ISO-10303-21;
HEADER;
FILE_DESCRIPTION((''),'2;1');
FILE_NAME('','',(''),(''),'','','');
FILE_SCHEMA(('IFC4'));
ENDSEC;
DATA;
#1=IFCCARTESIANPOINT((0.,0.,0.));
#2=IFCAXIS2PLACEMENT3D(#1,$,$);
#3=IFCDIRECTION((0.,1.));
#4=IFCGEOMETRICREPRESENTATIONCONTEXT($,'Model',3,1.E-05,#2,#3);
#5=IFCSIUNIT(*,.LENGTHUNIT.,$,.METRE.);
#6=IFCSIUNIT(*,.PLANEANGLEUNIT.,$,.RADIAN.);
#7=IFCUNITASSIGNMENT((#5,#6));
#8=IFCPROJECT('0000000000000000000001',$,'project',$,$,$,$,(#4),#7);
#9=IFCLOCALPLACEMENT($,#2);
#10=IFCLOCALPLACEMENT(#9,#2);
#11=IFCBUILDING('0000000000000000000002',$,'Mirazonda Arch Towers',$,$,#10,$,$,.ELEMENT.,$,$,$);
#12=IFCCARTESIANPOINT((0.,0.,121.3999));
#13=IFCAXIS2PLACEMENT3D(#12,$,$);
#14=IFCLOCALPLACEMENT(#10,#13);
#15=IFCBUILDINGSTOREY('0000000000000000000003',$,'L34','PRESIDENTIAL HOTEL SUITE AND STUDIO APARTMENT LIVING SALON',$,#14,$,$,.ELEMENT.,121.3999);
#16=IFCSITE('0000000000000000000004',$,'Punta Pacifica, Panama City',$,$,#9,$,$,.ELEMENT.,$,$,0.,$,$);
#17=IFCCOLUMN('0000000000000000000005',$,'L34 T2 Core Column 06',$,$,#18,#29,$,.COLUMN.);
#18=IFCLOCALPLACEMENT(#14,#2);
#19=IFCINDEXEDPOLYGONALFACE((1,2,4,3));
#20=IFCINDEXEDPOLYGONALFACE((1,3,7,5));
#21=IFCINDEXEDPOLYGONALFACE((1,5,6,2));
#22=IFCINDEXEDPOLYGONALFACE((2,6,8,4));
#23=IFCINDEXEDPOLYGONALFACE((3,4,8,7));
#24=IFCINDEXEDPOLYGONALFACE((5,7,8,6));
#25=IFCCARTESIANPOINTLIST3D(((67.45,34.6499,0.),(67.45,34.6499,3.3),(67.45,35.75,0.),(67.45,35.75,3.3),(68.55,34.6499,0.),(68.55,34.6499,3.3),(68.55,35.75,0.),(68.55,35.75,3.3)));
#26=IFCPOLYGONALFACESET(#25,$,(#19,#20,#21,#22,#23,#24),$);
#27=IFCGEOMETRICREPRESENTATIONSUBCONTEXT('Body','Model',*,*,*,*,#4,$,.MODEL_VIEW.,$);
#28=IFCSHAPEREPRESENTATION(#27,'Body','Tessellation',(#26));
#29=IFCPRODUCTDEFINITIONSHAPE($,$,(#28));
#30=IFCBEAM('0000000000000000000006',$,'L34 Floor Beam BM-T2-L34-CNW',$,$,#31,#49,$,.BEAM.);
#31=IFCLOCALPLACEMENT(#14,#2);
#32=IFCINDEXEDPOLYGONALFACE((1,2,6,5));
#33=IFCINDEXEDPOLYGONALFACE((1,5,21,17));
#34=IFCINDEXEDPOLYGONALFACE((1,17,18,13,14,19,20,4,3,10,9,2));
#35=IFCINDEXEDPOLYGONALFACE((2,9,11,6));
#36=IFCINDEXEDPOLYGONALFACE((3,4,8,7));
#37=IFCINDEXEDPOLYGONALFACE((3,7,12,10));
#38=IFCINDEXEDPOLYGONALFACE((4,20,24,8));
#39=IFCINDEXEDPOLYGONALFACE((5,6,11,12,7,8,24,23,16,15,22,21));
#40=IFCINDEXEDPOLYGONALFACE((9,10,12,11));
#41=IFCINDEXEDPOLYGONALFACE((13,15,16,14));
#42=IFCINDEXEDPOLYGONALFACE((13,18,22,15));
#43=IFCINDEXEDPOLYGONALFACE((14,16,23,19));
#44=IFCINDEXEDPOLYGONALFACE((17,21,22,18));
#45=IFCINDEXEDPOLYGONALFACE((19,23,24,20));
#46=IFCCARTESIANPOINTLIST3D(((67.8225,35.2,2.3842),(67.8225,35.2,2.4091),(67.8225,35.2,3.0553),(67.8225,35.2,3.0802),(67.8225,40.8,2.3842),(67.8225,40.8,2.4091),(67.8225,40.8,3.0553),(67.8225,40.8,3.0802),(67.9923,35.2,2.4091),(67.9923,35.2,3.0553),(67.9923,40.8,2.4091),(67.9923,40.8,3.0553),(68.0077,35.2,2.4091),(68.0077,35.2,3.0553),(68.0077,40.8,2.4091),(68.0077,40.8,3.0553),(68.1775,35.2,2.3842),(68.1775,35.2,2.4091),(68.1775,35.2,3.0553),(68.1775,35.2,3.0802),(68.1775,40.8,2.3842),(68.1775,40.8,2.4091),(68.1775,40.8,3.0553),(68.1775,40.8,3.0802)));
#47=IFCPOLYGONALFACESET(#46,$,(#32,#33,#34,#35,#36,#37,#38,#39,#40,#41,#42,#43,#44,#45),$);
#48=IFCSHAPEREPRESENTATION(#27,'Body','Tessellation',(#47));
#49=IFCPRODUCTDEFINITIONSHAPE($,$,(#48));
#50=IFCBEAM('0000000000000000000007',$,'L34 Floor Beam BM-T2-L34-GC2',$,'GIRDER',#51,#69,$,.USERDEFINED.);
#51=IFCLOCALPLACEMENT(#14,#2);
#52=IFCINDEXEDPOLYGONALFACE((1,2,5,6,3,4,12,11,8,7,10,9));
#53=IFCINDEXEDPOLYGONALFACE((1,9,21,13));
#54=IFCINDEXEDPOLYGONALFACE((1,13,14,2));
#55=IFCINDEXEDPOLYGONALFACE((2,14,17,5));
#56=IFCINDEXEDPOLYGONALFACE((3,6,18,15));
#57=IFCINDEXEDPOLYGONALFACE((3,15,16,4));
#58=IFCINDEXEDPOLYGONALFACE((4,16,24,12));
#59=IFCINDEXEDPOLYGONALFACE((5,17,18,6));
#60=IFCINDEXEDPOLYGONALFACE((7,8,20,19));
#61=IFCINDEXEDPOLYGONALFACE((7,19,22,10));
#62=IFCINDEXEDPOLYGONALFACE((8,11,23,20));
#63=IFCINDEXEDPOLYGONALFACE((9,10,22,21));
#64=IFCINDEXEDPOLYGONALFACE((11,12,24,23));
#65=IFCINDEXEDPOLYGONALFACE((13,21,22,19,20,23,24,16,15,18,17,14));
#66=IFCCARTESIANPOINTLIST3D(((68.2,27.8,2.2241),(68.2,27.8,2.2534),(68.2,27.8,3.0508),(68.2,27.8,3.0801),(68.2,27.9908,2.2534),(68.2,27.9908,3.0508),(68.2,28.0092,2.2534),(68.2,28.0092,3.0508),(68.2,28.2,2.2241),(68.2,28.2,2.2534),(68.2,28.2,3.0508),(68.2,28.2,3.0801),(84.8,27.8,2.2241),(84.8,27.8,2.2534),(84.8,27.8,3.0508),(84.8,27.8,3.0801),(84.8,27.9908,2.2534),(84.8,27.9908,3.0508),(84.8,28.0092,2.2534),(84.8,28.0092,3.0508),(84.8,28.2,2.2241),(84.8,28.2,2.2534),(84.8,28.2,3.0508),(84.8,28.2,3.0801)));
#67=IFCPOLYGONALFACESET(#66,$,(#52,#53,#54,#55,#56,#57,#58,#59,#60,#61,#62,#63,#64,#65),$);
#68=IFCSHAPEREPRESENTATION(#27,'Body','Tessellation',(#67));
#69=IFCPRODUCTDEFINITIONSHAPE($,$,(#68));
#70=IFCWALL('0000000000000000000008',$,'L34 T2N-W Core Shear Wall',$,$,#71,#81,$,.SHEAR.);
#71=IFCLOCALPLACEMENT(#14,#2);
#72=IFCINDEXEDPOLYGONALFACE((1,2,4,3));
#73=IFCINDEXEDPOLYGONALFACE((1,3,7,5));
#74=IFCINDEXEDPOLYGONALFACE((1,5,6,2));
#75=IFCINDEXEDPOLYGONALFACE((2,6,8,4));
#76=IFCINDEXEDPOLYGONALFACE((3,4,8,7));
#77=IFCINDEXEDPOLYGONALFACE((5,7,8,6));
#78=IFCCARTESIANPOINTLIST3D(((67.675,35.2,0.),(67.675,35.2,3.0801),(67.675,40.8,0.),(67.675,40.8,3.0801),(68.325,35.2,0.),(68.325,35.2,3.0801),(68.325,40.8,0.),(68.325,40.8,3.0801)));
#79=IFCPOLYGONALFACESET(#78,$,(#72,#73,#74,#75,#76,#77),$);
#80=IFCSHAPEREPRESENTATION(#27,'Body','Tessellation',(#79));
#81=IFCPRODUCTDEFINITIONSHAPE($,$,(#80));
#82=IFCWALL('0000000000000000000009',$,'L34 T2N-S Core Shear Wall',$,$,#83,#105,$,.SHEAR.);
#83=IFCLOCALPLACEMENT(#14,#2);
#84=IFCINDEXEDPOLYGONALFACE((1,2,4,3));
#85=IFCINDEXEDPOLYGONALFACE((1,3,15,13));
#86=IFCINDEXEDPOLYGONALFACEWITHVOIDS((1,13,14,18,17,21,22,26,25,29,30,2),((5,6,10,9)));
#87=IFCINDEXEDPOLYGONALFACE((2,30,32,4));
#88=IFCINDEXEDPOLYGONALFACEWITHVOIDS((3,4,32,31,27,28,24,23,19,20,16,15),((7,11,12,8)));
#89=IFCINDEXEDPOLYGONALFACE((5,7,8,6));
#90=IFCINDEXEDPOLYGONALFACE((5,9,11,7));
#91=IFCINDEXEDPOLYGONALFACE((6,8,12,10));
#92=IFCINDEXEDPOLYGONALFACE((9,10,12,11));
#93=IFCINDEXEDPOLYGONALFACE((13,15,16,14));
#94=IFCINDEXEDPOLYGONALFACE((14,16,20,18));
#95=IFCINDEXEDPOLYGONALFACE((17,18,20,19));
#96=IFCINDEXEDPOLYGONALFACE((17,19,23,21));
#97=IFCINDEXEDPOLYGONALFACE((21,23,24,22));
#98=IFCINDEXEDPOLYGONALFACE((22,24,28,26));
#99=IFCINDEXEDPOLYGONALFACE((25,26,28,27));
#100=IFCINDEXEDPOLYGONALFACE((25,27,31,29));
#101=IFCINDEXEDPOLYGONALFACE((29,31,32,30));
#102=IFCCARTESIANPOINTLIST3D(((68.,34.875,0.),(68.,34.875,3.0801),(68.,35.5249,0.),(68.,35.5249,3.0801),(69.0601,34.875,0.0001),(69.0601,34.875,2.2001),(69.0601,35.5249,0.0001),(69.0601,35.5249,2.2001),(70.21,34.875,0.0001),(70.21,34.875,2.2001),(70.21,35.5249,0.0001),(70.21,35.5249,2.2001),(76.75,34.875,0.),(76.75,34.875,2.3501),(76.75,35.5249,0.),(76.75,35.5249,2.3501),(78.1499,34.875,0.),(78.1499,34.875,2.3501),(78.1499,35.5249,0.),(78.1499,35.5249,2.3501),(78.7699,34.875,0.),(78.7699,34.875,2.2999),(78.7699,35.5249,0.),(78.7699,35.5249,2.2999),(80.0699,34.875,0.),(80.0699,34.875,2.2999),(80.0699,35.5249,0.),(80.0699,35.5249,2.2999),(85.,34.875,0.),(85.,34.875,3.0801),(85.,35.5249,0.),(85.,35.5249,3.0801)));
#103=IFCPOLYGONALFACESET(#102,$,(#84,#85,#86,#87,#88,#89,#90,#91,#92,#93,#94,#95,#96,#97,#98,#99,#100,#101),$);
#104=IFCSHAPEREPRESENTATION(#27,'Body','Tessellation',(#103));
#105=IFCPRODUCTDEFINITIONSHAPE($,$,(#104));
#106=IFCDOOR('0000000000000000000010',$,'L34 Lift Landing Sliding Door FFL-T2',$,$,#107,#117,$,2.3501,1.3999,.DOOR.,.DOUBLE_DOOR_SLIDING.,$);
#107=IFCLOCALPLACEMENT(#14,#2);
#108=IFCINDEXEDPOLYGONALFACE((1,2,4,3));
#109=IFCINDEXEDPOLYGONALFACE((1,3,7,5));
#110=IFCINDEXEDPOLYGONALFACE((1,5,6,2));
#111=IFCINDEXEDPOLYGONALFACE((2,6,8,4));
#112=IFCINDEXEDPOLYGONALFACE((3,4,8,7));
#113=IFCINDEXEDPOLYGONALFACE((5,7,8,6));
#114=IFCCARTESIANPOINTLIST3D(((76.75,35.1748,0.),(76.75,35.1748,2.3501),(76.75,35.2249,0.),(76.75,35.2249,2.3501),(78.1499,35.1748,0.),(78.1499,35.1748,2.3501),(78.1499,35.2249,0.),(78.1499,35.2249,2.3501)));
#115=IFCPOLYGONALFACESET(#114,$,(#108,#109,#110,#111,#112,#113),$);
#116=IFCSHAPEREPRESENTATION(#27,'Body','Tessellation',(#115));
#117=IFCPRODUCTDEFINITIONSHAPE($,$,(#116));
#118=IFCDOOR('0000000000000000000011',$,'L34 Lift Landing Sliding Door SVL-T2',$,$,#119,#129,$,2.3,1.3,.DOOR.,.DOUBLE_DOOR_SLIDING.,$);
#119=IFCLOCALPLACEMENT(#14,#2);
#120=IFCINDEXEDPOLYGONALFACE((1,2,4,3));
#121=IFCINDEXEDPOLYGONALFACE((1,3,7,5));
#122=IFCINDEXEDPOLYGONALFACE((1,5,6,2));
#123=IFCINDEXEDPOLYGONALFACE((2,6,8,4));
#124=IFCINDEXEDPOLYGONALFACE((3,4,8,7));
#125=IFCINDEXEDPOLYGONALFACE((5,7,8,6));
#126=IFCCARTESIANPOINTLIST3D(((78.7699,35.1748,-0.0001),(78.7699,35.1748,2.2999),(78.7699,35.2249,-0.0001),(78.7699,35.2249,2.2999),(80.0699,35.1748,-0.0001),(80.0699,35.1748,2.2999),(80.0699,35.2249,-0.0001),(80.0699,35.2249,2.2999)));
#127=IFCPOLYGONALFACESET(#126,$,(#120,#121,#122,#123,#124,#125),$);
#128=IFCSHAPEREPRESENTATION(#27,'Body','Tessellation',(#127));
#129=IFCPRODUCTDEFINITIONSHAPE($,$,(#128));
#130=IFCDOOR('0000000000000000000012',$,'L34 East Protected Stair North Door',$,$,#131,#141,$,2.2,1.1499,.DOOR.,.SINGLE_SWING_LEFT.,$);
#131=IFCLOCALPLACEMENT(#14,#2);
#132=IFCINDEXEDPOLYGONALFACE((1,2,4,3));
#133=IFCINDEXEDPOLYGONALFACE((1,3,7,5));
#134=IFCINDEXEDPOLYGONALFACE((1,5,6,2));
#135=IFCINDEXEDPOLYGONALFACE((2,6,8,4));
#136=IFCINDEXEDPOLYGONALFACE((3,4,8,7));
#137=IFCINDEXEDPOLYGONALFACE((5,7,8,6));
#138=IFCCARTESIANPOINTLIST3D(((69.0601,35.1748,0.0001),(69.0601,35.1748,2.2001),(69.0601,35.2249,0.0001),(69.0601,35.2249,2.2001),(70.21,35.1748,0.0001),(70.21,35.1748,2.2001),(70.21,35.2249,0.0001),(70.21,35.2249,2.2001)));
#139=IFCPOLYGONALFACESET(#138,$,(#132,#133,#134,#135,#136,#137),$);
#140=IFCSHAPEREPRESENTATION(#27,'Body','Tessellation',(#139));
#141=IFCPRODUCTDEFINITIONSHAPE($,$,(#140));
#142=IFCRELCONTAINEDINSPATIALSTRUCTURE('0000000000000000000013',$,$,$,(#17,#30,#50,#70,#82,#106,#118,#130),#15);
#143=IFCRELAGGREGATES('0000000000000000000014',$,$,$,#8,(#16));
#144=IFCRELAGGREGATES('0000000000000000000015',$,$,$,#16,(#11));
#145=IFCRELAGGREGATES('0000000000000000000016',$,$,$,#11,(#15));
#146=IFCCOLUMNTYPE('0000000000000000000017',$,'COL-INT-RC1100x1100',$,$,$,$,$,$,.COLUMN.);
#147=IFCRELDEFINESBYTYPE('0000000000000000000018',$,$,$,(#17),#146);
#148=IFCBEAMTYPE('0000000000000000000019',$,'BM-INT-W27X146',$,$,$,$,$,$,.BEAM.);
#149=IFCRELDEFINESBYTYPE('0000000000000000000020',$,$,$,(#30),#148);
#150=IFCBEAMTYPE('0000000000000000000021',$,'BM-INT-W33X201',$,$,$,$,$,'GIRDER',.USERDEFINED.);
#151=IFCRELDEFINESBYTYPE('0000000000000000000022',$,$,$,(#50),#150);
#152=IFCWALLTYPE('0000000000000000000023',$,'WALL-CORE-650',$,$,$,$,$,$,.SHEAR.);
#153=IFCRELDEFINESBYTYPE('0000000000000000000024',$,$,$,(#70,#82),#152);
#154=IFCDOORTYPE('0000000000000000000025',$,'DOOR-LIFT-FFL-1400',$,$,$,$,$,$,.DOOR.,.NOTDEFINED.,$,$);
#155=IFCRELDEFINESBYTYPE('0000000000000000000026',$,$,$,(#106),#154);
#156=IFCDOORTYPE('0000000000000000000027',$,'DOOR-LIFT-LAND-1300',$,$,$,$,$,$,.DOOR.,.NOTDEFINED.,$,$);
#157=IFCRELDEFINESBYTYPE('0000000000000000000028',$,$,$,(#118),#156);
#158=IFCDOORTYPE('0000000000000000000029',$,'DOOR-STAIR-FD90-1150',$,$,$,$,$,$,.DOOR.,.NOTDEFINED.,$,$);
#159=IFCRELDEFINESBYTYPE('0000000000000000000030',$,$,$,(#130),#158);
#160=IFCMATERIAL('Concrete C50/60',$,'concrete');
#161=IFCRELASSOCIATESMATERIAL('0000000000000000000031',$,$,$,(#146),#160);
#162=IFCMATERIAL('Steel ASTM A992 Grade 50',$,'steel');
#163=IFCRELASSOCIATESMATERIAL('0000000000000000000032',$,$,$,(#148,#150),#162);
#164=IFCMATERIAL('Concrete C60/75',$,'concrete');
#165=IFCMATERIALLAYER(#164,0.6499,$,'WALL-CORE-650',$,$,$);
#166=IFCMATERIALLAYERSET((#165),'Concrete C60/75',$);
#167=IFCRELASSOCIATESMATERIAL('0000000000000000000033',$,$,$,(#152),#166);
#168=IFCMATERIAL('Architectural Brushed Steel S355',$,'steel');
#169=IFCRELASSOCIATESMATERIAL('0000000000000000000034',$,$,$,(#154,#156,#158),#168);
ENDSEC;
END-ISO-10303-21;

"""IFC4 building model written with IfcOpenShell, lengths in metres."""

from ifc_helpers import new_model, si_unit, direction, frame, frame_2d, origin, origin_2d, place, context, subcontext, project, spatial, rectangle, i_section, extrude, material, layer, layer_set, material_profile, profile_set, type_object, element, fill, save


model = new_model("IFC4")

# Units and contexts
model_context = context("Model", 3, precision=1e-05, world=origin(), true_north=direction((0.0, 1.0)))
body_context = subcontext(model_context, "Body", "Model", "MODEL_VIEW")
ifc_project = project(units=[si_unit("LENGTHUNIT", "METRE"), si_unit("PLANEANGLEUNIT", "RADIAN")], contexts=[model_context])

# Site, building, storey
site_placement = place(None, origin())
site = spatial("IfcSite", under=ifc_project, at=site_placement, Name="Punta Pacifica, Panama City", CompositionType="ELEMENT", RefElevation=0.0)
building_placement = place(site_placement, origin())
building = spatial("IfcBuilding", under=site, at=building_placement, Name="Mirazonda Arch Towers", CompositionType="ELEMENT")
storey_placement = place(building_placement, frame((0.0, 0.0, 121.3999)))
storey = spatial("IfcBuildingStorey", under=building, at=storey_placement, Name="L34", Description="PRESIDENTIAL HOTEL SUITE AND STUDIO APARTMENT LIVING SALON", CompositionType="ELEMENT", Elevation=121.3999)

# Column
ifc_material_1 = material(Name="Concrete C50/60", Category="concrete")
ifc_material_profile_1 = material_profile(ifc_material_1, rectangle(XDim=1.1001, YDim=1.1001, at=origin_2d()), Name="RC1100x1100")
ifc_profile_set_1 = profile_set([ifc_material_profile_1], Name="Concrete C50/60")
column_type = type_object("IfcColumnType", Name="COL-INT-RC1100x1100", PredefinedType="COLUMN", material=ifc_profile_set_1)
column_placement = place(storey_placement, frame((68.0, 35.2, 0.0), z_axis=(0.0, 0.0, 1.0), x_axis=(1.0, 0.0, 0.0)))
element("IfcColumn", 1, at=column_placement, inside=storey, type_object=column_type, Name="L34 T2 Core Column 06", PredefinedType="COLUMN", context=body_context, shape_type="SweptSolid", body=[
    extrude(rectangle(XDim=1.1001, YDim=1.1001, at=origin_2d()), origin(), (0.0, 0.0, 1.0), 3.3),
])

# Beams
ifc_material_2 = material(Name="Steel ASTM A992 Grade 50", Category="steel")
ifc_material_profile_2 = material_profile(ifc_material_2, i_section(OverallWidth=0.355, OverallDepth=0.696, WebThickness=0.0154, FlangeThickness=0.0249, at=origin_2d()), Name="W27X146")
ifc_profile_set_2 = profile_set([ifc_material_profile_2], Name="Steel ASTM A992 Grade 50")
beam_type_1 = type_object("IfcBeamType", Name="BM-INT-W27X146", PredefinedType="BEAM", material=ifc_profile_set_2)
beam_1_placement = place(storey_placement, frame((68.0, 35.2, 2.7322), z_axis=(0.0, 1.0, 0.0), x_axis=(-1.0, 0.0, 0.0)))
element("IfcBeam", 2, at=beam_1_placement, inside=storey, type_object=beam_type_1, Name="L34 Floor Beam BM-T2-L34-CNW", PredefinedType="BEAM", context=body_context, shape_type="SweptSolid", body=[
    extrude(i_section(OverallWidth=0.355, OverallDepth=0.696, WebThickness=0.0154, FlangeThickness=0.0249, at=origin_2d()), origin(), (0.0, 0.0, 1.0), 5.6001),
])
ifc_material_profile_3 = material_profile(ifc_material_2, i_section(OverallWidth=0.3999, OverallDepth=0.856, WebThickness=0.0183, FlangeThickness=0.0293, at=origin_2d()), Name="W33X201")
ifc_profile_set_3 = profile_set([ifc_material_profile_3], Name="Steel ASTM A992 Grade 50")
beam_type_2 = type_object("IfcBeamType", Name="BM-INT-W33X201", ElementType="GIRDER", PredefinedType="USERDEFINED", material=ifc_profile_set_3)
beam_2_placement = place(storey_placement, frame((68.2, 28.0, 2.6521), z_axis=(1.0, 0.0, 0.0), x_axis=(0.0, 1.0, 0.0)))
element("IfcBeam", 3, at=beam_2_placement, inside=storey, type_object=beam_type_2, Name="L34 Floor Beam BM-T2-L34-GC2", ObjectType="GIRDER", PredefinedType="USERDEFINED", context=body_context, shape_type="SweptSolid", body=[
    extrude(i_section(OverallWidth=0.3999, OverallDepth=0.856, WebThickness=0.0183, FlangeThickness=0.0293, at=origin_2d()), origin(), (0.0, 0.0, 1.0), 16.6001),
])

# Wall
ifc_material_3 = material(Name="Concrete C60/75", Category="concrete")
ifc_layer_1 = layer(ifc_material_3, 0.6499, Name="WALL-CORE-650")
ifc_layer_set_1 = layer_set([ifc_layer_1], Name="Concrete C60/75")
wall_type_1 = type_object("IfcWallType", Name="WALL-CORE-650", PredefinedType="SHEAR", material=ifc_layer_set_1)
wall_1_placement = place(storey_placement, frame((68.0, 35.2, 0.0), z_axis=(0.0, 0.0, 1.0), x_axis=(0.0, 1.0, 0.0)))
element("IfcWall", 4, at=wall_1_placement, inside=storey, type_object=wall_type_1, Name="L34 T2N-W Core Shear Wall", PredefinedType="SHEAR", context=body_context, shape_type="SweptSolid", body=[
    extrude(rectangle(XDim=5.6001, YDim=0.6499, at=frame_2d((2.8, 0.0))), origin(), (0.0, 0.0, 1.0), 3.0801),
])

# Wall, openings, doors
wall_2_placement = place(storey_placement, frame((68.0, 35.2, 0.0), z_axis=(0.0, 0.0, 1.0), x_axis=(1.0, 0.0, 0.0)))
wall_2 = element("IfcWall", 5, at=wall_2_placement, inside=storey, type_object=wall_type_1, Name="L34 T2N-S Core Shear Wall", PredefinedType="SHEAR", context=body_context, shape_type="SweptSolid", body=[
    extrude(rectangle(XDim=17.0, YDim=0.6499, at=frame_2d((8.5, 0.0))), origin(), (0.0, 0.0, 1.0), 3.0801),
])
opening_1_placement = place(wall_2_placement, frame((1.0601, 0.0, 0.0)))
opening_1 = element("IfcOpeningElement", 6, at=opening_1_placement, cuts=wall_2, PredefinedType="OPENING", context=body_context, shape_type="SweptSolid", body=[
    extrude(rectangle(XDim=1.1499, YDim=2.2, at=frame_2d((0.575, 1.1001))), frame((0.0, 0.335, 0.0), z_axis=(0.0, -1.0, 0.0), x_axis=(1.0, 0.0, 0.0)), (0.0, 0.0, 1.0), 0.6699),
])
opening_2_placement = place(wall_2_placement, frame((8.75, 0.0, 0.0)))
opening_2 = element("IfcOpeningElement", 7, at=opening_2_placement, cuts=wall_2, PredefinedType="OPENING", context=body_context, shape_type="SweptSolid", body=[
    extrude(rectangle(XDim=1.3999, YDim=2.3501, at=frame_2d((0.7, 1.175))), frame((0.0, 0.335, 0.0), z_axis=(0.0, -1.0, 0.0), x_axis=(1.0, 0.0, 0.0)), (0.0, 0.0, 1.0), 0.6699),
])
opening_3_placement = place(wall_2_placement, frame((10.77, 0.0, 0.0)))
opening_3 = element("IfcOpeningElement", 8, at=opening_3_placement, cuts=wall_2, PredefinedType="OPENING", context=body_context, shape_type="SweptSolid", body=[
    extrude(rectangle(XDim=1.3, YDim=2.3, at=frame_2d((0.6499, 1.1499))), frame((0.0, 0.335, 0.0), z_axis=(0.0, -1.0, 0.0), x_axis=(1.0, 0.0, 0.0)), (0.0, 0.0, 1.0), 0.6699),
])
ifc_material_4 = material(Name="Architectural Brushed Steel S355", Category="steel")
door_type_1 = type_object("IfcDoorType", Name="DOOR-LIFT-FFL-1400", OperationType="NOTDEFINED", PredefinedType="DOOR", material=ifc_material_4)
door_1_placement = place(opening_2_placement, origin())
door_1 = element("IfcDoor", 9, at=door_1_placement, inside=storey, type_object=door_type_1, Name="L34 Lift Landing Sliding Door FFL-T2", OperationType="DOUBLE_DOOR_SLIDING", OverallHeight=2.3501, OverallWidth=1.3999, PredefinedType="DOOR", context=body_context, shape_type="SweptSolid", body=[
    extrude(rectangle(XDim=1.3999, YDim=2.3501, at=frame_2d((0.7, 1.175))), frame((0.0, 0.0249, 0.0), z_axis=(0.0, -1.0, 0.0), x_axis=(1.0, 0.0, 0.0)), (0.0, 0.0, 1.0), 0.05),
])
fill(opening_2, door_1)
door_type_2 = type_object("IfcDoorType", Name="DOOR-LIFT-LAND-1300", OperationType="NOTDEFINED", PredefinedType="DOOR", material=ifc_material_4)
door_2_placement = place(opening_3_placement, origin())
door_2 = element("IfcDoor", 10, at=door_2_placement, inside=storey, type_object=door_type_2, Name="L34 Lift Landing Sliding Door SVL-T2", OperationType="DOUBLE_DOOR_SLIDING", OverallHeight=2.3, OverallWidth=1.3, PredefinedType="DOOR", context=body_context, shape_type="SweptSolid", body=[
    extrude(rectangle(XDim=1.3, YDim=2.3, at=frame_2d((0.6499, 1.1499))), frame((0.0, 0.0249, 0.0), z_axis=(0.0, -1.0, 0.0), x_axis=(1.0, 0.0, 0.0)), (0.0, 0.0, 1.0), 0.05),
])
fill(opening_3, door_2)
door_type_3 = type_object("IfcDoorType", Name="DOOR-STAIR-FD90-1150", OperationType="NOTDEFINED", PredefinedType="DOOR", material=ifc_material_4)
door_3_placement = place(opening_1_placement, origin())
door_3 = element("IfcDoor", 11, at=door_3_placement, inside=storey, type_object=door_type_3, Name="L34 East Protected Stair North Door", OperationType="SINGLE_SWING_LEFT", OverallHeight=2.2, OverallWidth=1.1499, PredefinedType="DOOR", context=body_context, shape_type="SweptSolid", body=[
    extrude(rectangle(XDim=1.1499, YDim=2.2, at=frame_2d((0.575, 1.1001))), frame((0.0, 0.0249, 0.0), z_axis=(0.0, -1.0, 0.0), x_axis=(1.0, 0.0, 0.0)), (0.0, 0.0, 1.0), 0.05),
])
fill(opening_1, door_3)

save(model, "model.ifc")
